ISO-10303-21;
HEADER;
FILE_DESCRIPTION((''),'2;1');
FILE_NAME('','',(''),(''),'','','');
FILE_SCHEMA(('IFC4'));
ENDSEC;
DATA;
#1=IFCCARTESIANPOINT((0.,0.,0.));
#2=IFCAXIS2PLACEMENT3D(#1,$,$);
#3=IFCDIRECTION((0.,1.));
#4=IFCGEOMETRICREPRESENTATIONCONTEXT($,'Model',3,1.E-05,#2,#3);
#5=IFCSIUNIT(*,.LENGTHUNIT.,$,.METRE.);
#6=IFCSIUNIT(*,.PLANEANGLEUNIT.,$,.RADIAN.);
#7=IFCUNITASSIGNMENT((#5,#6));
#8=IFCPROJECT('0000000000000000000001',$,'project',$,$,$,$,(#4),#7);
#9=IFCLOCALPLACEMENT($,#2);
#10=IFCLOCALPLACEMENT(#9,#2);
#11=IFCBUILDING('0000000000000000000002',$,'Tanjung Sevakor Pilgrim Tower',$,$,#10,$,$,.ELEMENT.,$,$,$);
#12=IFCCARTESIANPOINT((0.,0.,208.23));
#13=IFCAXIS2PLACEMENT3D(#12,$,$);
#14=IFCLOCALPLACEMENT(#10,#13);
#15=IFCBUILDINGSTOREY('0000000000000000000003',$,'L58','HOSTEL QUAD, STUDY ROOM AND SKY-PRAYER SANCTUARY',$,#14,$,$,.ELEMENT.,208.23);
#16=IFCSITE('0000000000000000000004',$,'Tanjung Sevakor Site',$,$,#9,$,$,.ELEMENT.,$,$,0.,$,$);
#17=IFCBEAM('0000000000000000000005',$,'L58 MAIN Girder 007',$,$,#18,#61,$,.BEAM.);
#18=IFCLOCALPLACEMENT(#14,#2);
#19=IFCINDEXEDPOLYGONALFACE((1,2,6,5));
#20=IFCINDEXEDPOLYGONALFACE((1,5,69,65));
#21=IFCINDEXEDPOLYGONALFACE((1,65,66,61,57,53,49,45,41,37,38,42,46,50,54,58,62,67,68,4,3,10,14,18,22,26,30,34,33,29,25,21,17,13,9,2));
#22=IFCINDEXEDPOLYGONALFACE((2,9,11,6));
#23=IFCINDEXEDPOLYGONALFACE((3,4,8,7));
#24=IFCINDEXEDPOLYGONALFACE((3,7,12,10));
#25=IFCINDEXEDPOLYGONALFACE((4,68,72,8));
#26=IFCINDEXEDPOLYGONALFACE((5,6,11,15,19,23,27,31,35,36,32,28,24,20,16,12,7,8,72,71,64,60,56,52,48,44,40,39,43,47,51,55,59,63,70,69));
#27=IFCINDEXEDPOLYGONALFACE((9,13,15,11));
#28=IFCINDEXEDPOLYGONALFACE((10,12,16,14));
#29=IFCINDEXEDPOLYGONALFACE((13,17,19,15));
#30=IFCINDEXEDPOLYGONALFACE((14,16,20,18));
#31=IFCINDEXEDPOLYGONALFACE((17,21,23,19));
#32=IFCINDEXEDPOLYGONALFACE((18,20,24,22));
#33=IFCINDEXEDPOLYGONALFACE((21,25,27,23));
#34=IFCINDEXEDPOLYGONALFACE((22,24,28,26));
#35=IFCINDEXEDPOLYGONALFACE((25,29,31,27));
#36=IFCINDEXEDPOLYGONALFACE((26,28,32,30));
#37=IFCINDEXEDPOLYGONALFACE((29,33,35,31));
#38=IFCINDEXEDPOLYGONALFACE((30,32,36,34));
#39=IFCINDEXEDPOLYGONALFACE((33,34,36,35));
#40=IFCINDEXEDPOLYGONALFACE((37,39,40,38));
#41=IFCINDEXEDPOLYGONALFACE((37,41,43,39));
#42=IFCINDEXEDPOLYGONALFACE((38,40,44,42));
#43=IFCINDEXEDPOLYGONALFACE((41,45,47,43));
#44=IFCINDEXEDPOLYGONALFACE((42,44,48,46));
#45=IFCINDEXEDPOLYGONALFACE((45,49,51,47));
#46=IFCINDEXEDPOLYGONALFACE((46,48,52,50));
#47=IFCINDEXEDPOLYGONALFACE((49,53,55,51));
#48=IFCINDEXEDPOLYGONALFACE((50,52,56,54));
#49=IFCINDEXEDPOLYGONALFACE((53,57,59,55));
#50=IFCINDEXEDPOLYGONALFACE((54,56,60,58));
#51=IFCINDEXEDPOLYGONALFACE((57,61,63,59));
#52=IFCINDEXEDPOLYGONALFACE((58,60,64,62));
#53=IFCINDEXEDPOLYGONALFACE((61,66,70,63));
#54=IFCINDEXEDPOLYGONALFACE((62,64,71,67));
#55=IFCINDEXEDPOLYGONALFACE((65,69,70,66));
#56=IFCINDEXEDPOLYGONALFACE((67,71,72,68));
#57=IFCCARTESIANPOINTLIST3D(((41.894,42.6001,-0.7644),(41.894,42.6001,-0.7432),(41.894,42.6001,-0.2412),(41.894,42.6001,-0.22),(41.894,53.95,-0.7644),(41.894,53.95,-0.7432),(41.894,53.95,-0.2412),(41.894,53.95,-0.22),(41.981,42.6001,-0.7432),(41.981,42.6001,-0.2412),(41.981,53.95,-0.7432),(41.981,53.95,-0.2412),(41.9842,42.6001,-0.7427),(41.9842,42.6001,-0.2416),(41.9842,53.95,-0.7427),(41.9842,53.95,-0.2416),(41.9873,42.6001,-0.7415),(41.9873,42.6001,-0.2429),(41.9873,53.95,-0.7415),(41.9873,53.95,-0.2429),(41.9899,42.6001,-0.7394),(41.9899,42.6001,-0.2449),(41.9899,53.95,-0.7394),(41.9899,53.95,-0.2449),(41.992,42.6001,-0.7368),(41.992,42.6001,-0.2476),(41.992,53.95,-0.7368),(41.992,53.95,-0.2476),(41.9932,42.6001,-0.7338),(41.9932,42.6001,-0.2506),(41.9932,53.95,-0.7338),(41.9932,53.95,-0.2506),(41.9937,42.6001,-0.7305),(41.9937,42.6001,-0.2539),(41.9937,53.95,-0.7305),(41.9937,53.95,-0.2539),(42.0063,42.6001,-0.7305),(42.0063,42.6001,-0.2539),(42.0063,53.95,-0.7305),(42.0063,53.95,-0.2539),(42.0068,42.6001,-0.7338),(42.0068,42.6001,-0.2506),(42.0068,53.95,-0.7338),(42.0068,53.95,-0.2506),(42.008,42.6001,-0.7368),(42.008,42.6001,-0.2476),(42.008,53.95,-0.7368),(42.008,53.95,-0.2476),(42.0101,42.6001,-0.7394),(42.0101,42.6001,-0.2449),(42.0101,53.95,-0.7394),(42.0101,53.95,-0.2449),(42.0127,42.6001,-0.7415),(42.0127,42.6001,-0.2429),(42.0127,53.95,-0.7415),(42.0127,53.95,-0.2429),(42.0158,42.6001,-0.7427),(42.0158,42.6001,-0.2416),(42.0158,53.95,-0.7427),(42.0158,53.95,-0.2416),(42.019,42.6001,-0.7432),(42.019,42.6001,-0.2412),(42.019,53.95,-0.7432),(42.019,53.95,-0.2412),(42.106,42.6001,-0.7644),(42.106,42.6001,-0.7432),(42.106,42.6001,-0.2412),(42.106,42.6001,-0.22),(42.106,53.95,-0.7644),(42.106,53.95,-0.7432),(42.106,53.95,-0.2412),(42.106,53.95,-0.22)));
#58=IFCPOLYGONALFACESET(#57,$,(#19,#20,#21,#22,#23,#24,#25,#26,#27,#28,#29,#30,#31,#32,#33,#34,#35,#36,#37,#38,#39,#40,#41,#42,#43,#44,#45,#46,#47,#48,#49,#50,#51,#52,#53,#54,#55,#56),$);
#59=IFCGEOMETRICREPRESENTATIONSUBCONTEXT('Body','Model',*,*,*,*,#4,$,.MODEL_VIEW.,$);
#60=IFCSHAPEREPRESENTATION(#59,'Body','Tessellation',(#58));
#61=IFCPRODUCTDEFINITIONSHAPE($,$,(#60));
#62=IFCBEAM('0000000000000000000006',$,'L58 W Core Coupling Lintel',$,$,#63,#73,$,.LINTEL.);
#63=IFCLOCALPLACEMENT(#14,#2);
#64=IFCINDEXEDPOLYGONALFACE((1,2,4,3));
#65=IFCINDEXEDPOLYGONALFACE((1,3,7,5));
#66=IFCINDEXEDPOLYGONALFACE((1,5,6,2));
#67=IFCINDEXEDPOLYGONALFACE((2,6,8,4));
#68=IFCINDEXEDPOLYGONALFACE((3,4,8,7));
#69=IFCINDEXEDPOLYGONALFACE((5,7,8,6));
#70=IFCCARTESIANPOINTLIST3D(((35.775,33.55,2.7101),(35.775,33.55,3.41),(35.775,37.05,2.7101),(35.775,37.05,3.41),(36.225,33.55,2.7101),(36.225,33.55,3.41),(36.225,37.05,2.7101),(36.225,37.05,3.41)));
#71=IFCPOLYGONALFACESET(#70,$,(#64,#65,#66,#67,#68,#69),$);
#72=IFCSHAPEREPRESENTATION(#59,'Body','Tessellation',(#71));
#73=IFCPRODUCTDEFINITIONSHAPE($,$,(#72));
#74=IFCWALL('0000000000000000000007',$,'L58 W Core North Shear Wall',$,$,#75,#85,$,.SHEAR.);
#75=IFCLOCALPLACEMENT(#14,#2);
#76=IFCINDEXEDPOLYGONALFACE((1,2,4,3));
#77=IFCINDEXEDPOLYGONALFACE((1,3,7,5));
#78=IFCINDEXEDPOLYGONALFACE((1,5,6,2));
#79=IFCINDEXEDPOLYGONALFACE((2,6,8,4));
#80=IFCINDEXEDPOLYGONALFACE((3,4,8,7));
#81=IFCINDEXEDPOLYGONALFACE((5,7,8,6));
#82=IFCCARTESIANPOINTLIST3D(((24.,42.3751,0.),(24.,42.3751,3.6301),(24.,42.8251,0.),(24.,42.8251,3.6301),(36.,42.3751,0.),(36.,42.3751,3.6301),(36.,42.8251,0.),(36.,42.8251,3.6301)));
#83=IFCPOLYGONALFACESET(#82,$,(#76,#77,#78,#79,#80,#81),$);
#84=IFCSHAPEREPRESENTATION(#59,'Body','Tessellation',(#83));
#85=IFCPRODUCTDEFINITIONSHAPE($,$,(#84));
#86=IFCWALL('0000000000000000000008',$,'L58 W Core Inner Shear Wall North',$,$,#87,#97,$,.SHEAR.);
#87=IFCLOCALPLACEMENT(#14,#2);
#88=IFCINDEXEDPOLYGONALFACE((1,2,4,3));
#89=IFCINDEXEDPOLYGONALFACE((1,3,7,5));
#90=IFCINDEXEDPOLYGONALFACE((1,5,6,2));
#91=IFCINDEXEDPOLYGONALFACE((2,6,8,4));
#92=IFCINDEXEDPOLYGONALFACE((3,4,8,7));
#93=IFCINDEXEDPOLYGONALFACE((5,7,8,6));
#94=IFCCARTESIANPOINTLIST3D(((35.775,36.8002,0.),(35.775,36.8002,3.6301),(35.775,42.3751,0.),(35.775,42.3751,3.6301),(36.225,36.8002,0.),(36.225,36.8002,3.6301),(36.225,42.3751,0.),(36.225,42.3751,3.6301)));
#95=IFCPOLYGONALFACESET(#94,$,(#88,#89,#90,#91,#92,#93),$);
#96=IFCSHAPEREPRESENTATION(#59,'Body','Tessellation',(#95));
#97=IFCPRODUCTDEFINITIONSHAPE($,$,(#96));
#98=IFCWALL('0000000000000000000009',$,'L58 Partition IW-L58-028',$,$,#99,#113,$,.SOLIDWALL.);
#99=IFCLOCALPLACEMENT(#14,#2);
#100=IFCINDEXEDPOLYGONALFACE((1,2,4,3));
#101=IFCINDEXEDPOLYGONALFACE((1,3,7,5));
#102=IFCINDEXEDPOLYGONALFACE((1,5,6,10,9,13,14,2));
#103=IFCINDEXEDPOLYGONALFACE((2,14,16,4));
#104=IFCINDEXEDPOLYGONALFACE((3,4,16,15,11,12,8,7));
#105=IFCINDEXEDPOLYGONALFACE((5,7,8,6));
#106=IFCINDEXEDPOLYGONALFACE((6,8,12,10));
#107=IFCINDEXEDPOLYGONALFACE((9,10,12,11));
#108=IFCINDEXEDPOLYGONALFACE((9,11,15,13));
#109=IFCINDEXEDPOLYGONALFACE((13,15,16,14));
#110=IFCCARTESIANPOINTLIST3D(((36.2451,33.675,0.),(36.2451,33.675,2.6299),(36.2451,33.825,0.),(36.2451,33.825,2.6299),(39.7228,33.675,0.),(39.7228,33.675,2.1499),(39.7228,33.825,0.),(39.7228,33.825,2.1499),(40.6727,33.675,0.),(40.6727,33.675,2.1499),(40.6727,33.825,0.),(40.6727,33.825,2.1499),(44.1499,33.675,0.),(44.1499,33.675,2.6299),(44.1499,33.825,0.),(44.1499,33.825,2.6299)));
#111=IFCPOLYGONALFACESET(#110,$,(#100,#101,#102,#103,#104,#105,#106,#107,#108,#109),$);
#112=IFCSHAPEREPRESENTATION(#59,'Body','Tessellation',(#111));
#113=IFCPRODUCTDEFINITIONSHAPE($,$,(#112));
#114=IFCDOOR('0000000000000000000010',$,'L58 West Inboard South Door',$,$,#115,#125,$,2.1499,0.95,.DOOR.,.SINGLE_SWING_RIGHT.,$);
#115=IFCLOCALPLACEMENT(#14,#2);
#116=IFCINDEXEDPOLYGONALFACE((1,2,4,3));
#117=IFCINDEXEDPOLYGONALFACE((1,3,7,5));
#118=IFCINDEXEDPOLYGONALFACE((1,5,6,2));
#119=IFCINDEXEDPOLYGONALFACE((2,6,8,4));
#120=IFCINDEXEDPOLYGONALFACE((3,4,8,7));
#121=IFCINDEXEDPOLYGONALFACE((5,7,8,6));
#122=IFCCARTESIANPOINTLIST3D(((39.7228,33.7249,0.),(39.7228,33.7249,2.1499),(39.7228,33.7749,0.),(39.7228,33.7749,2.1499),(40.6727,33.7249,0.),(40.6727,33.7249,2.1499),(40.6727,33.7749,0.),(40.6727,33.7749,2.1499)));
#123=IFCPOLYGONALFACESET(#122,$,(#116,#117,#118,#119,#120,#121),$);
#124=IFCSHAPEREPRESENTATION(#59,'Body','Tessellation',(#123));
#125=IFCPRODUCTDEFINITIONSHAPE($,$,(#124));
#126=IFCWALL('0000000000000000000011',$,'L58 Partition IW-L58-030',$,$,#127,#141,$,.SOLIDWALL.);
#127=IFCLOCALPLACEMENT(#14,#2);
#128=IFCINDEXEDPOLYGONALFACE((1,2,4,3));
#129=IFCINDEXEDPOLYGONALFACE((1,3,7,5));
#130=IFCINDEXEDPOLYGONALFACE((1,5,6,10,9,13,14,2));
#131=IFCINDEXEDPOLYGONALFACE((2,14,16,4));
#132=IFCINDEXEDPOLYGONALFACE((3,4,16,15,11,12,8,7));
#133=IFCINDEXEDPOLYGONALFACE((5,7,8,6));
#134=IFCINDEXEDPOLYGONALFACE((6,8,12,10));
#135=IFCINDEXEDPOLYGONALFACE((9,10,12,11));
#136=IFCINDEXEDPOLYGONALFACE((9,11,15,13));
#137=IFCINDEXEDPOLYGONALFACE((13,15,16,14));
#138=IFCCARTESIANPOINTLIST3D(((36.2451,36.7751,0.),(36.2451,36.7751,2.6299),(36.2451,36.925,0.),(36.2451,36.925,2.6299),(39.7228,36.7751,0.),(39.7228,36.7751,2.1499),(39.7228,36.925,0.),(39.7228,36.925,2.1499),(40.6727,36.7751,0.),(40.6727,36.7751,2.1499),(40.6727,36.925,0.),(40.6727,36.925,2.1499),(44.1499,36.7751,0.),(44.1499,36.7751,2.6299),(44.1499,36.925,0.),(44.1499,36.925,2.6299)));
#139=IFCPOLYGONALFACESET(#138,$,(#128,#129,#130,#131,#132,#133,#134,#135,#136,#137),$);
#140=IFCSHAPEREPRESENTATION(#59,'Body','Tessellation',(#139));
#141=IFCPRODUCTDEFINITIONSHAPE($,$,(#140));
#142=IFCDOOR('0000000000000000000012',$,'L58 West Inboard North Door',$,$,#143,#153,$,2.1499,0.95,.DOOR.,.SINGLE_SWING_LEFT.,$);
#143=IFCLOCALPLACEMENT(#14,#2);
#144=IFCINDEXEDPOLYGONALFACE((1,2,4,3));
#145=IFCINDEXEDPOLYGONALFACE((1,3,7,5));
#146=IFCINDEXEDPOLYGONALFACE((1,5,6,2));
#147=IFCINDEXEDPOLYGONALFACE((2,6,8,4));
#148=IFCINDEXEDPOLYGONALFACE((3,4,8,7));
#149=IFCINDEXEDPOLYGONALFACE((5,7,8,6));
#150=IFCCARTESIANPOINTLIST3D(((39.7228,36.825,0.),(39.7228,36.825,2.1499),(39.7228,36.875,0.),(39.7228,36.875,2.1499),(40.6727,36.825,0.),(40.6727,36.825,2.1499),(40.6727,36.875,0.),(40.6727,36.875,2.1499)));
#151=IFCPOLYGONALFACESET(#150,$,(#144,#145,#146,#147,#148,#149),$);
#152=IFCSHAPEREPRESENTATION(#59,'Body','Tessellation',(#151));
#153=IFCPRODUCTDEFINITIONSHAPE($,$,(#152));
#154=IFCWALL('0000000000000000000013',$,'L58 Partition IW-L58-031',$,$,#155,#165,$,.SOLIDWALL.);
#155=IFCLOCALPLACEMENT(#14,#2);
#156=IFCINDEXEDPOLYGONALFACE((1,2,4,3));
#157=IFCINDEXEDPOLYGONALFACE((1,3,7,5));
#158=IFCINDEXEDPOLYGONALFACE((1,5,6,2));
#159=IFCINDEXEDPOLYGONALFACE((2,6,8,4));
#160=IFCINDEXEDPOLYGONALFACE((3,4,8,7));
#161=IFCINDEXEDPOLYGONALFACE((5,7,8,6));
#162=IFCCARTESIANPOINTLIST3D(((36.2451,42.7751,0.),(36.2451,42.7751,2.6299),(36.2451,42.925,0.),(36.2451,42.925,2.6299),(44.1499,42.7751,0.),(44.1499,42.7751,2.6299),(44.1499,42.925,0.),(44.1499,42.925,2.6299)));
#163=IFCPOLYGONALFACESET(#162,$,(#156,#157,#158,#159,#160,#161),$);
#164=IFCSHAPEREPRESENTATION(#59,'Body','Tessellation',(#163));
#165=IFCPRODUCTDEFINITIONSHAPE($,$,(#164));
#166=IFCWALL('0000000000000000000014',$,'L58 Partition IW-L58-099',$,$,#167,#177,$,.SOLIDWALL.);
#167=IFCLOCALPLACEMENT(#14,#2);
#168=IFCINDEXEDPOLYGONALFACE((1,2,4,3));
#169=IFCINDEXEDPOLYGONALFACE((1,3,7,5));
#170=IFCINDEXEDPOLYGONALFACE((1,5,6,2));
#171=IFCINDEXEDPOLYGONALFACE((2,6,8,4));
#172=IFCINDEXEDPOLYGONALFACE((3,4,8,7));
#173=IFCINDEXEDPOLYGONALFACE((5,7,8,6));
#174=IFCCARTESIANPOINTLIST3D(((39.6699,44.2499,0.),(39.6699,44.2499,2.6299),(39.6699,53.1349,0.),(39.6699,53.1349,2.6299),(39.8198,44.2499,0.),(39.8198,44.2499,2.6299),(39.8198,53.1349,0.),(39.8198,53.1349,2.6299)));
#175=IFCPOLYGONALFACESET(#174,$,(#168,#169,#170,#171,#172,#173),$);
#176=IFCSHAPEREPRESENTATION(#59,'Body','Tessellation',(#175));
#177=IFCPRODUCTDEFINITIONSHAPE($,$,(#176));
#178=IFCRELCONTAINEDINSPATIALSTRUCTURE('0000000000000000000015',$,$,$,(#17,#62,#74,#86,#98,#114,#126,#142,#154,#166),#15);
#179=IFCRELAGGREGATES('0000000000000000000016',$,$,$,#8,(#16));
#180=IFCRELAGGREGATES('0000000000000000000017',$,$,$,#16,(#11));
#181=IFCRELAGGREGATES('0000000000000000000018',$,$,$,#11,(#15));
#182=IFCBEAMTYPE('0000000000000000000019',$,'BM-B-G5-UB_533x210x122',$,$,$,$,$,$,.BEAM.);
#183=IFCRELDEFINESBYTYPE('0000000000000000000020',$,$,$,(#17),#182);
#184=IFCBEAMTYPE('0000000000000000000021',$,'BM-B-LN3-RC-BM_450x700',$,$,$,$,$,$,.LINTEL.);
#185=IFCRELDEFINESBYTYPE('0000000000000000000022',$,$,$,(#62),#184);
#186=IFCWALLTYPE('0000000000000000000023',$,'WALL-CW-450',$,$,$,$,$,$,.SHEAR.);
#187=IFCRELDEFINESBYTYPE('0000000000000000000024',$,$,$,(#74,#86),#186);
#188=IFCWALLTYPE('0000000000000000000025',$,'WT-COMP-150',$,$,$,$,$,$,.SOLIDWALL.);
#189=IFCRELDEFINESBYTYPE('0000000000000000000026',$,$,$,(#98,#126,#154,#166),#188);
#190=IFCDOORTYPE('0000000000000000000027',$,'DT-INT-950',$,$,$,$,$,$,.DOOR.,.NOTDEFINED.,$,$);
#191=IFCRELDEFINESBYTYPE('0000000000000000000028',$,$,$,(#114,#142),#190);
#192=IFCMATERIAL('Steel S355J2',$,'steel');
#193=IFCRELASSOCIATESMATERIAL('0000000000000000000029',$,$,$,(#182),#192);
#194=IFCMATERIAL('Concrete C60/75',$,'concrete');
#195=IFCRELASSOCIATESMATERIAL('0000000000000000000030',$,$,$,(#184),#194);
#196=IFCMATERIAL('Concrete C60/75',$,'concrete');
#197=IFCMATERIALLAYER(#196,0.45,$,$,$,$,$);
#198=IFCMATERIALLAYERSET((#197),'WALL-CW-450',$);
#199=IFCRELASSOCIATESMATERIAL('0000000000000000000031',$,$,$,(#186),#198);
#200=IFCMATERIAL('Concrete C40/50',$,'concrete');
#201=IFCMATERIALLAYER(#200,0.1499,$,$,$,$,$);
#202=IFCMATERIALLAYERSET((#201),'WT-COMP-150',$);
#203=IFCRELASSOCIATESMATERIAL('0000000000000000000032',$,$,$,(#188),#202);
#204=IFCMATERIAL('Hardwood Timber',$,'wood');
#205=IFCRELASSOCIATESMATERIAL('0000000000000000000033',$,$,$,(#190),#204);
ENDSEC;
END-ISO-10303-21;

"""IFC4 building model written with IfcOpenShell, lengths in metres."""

from ifc_helpers import new_model, si_unit, direction, frame, frame_2d, origin, origin_2d, place, context, subcontext, project, spatial, rectangle, i_section, extrude, material, layer, layer_set, material_profile, profile_set, type_object, element, fill, save


model = new_model("IFC4")

# Units and contexts
model_context = context("Model", 3, precision=1e-05, world=origin(), true_north=direction((0.0, 1.0)))
body_context = subcontext(model_context, "Body", "Model", "MODEL_VIEW")
ifc_project = project(units=[si_unit("LENGTHUNIT", "METRE"), si_unit("PLANEANGLEUNIT", "RADIAN")], contexts=[model_context])

# Site, building, storey
site_placement = place(None, origin())
site = spatial("IfcSite", under=ifc_project, at=site_placement, Name="Tanjung Sevakor Site", CompositionType="ELEMENT", RefElevation=0.0)
building_placement = place(site_placement, origin())
building = spatial("IfcBuilding", under=site, at=building_placement, Name="Tanjung Sevakor Pilgrim Tower", CompositionType="ELEMENT")
storey_placement = place(building_placement, frame((0.0, 0.0, 208.23)))
storey = spatial("IfcBuildingStorey", under=building, at=storey_placement, Name="L58", Description="HOSTEL QUAD, STUDY ROOM AND SKY-PRAYER SANCTUARY", CompositionType="ELEMENT", Elevation=208.23)

# Beams
ifc_material_1 = material(Name="Steel S355J2", Category="steel")
ifc_material_profile_1 = material_profile(ifc_material_1, i_section(OverallWidth=0.2119, OverallDepth=0.5444, WebThickness=0.0127, FlangeThickness=0.0212, FilletRadius=0.0127, at=origin_2d()))
ifc_profile_set_1 = profile_set([ifc_material_profile_1], Name="Steel S355J2")
beam_type_1 = type_object("IfcBeamType", Name="BM-B-G5-UB_533x210x122", PredefinedType="BEAM", material=ifc_profile_set_1)
beam_1_placement = place(storey_placement, frame((42.0, 42.6001, -0.4922), z_axis=(0.0, 1.0, 0.0), x_axis=(-1.0, 0.0, 0.0)))
element("IfcBeam", 1, at=beam_1_placement, inside=storey, type_object=beam_type_1, Name="L58 MAIN Girder 007", PredefinedType="BEAM", context=body_context, shape_type="SweptSolid", body=[
    extrude(i_section(OverallWidth=0.2119, OverallDepth=0.5444, WebThickness=0.0127, FlangeThickness=0.0212, FilletRadius=0.0127, at=origin_2d()), origin(), (0.0, 0.0, 1.0), 11.3499),
])
ifc_material_2 = material(Name="Concrete C60/75", Category="concrete")
ifc_material_profile_2 = material_profile(ifc_material_2, rectangle(XDim=0.45, YDim=0.7, at=origin_2d()))
ifc_profile_set_2 = profile_set([ifc_material_profile_2], Name="Concrete C60/75")
beam_type_2 = type_object("IfcBeamType", Name="BM-B-LN3-RC-BM_450x700", PredefinedType="LINTEL", material=ifc_profile_set_2)
beam_2_placement = place(storey_placement, frame((36.0, 33.55, 3.0601), z_axis=(0.0, 1.0, 0.0), x_axis=(-1.0, 0.0, 0.0)))
element("IfcBeam", 2, at=beam_2_placement, inside=storey, type_object=beam_type_2, Name="L58 W Core Coupling Lintel", PredefinedType="LINTEL", context=body_context, shape_type="SweptSolid", body=[
    extrude(rectangle(XDim=0.45, YDim=0.7, at=origin_2d()), origin(), (0.0, 0.0, 1.0), 3.5),
])

# Walls
ifc_material_3 = material(Name="Concrete C60/75", Category="concrete")
ifc_layer_1 = layer(ifc_material_3, 0.45)
ifc_layer_set_1 = layer_set([ifc_layer_1], Name="WALL-CW-450")
wall_type_1 = type_object("IfcWallType", Name="WALL-CW-450", PredefinedType="SHEAR", material=ifc_layer_set_1)
wall_1_placement = place(storey_placement, frame((36.0, 42.6001, 0.0), z_axis=(0.0, 0.0, 1.0), x_axis=(-1.0, 0.0, 0.0)))
element("IfcWall", 3, at=wall_1_placement, inside=storey, type_object=wall_type_1, Name="L58 W Core North Shear Wall", PredefinedType="SHEAR", context=body_context, shape_type="SweptSolid", body=[
    extrude(rectangle(XDim=12.0, YDim=0.45, at=frame_2d((6.0, 0.0))), origin(), (0.0, 0.0, 1.0), 3.6301),
])
wall_2_placement = place(storey_placement, frame((36.0, 36.8, 0.0), z_axis=(0.0, 0.0, 1.0), x_axis=(0.0, 1.0, 0.0)))
element("IfcWall", 4, at=wall_2_placement, inside=storey, type_object=wall_type_1, Name="L58 W Core Inner Shear Wall North", PredefinedType="SHEAR", context=body_context, shape_type="SweptSolid", body=[
    extrude(rectangle(XDim=5.575, YDim=0.45, at=frame_2d((2.7876, 0.0))), origin(), (0.0, 0.0, 1.0), 3.6301),
])

# Walls, openings, doors
ifc_material_4 = material(Name="Concrete C40/50", Category="concrete")
ifc_layer_2 = layer(ifc_material_4, 0.1499)
ifc_layer_set_2 = layer_set([ifc_layer_2], Name="WT-COMP-150")
wall_type_2 = type_object("IfcWallType", Name="WT-COMP-150", PredefinedType="SOLIDWALL", material=ifc_layer_set_2)
wall_3_placement = place(storey_placement, frame((36.2451, 33.75, 0.0), z_axis=(0.0, 0.0, 1.0), x_axis=(1.0, 0.0, 0.0)))
wall_3 = element("IfcWall", 5, at=wall_3_placement, inside=storey, type_object=wall_type_2, Name="L58 Partition IW-L58-028", PredefinedType="SOLIDWALL", context=body_context, shape_type="SweptSolid", body=[
    extrude(rectangle(XDim=7.9048, YDim=0.1499, at=frame_2d((3.9524, 0.0))), origin(), (0.0, 0.0, 1.0), 2.6299),
])
opening_1_placement = place(wall_3_placement, frame((3.4775, 0.0, 0.0)))
opening_1 = element("IfcOpeningElement", 6, at=opening_1_placement, cuts=wall_3, PredefinedType="OPENING", context=body_context, shape_type="SweptSolid", body=[
    extrude(rectangle(XDim=0.95, YDim=2.1499, at=frame_2d((0.4751, 1.075))), frame((0.0, 0.085, 0.0), z_axis=(0.0, -1.0, 0.0), x_axis=(1.0, 0.0, 0.0)), (0.0, 0.0, 1.0), 0.1699),
])
ifc_material_5 = material(Name="Hardwood Timber", Category="wood")
door_type_1 = type_object("IfcDoorType", Name="DT-INT-950", OperationType="NOTDEFINED", PredefinedType="DOOR", material=ifc_material_5)
door_1_placement = place(opening_1_placement, origin())
door_1 = element("IfcDoor", 7, at=door_1_placement, inside=storey, type_object=door_type_1, Name="L58 West Inboard South Door", OperationType="SINGLE_SWING_RIGHT", OverallHeight=2.1499, OverallWidth=0.95, PredefinedType="DOOR", context=body_context, shape_type="SweptSolid", body=[
    extrude(rectangle(XDim=0.95, YDim=2.1499, at=frame_2d((0.4751, 1.075))), frame((0.0, 0.0249, 0.0), z_axis=(0.0, -1.0, 0.0), x_axis=(1.0, 0.0, 0.0)), (0.0, 0.0, 1.0), 0.05),
])
fill(opening_1, door_1)
wall_4_placement = place(storey_placement, frame((36.2451, 36.8501, 0.0), z_axis=(0.0, 0.0, 1.0), x_axis=(1.0, 0.0, 0.0)))
wall_4 = element("IfcWall", 8, at=wall_4_placement, inside=storey, type_object=wall_type_2, Name="L58 Partition IW-L58-030", PredefinedType="SOLIDWALL", context=body_context, shape_type="SweptSolid", body=[
    extrude(rectangle(XDim=7.9048, YDim=0.1499, at=frame_2d((3.9524, 0.0))), origin(), (0.0, 0.0, 1.0), 2.6299),
])
opening_2_placement = place(wall_4_placement, frame((3.4775, 0.0, 0.0)))
opening_2 = element("IfcOpeningElement", 9, at=opening_2_placement, cuts=wall_4, PredefinedType="OPENING", context=body_context, shape_type="SweptSolid", body=[
    extrude(rectangle(XDim=0.95, YDim=2.1499, at=frame_2d((0.4751, 1.075))), frame((0.0, 0.085, 0.0), z_axis=(0.0, -1.0, 0.0), x_axis=(1.0, 0.0, 0.0)), (0.0, 0.0, 1.0), 0.1699),
])
door_2_placement = place(opening_2_placement, origin())
door_2 = element("IfcDoor", 10, at=door_2_placement, inside=storey, type_object=door_type_1, Name="L58 West Inboard North Door", OperationType="SINGLE_SWING_LEFT", OverallHeight=2.1499, OverallWidth=0.95, PredefinedType="DOOR", context=body_context, shape_type="SweptSolid", body=[
    extrude(rectangle(XDim=0.95, YDim=2.1499, at=frame_2d((0.4751, 1.075))), frame((0.0, 0.0249, 0.0), z_axis=(0.0, -1.0, 0.0), x_axis=(1.0, 0.0, 0.0)), (0.0, 0.0, 1.0), 0.05),
])
fill(opening_2, door_2)

# Walls
wall_5_placement = place(storey_placement, frame((36.2451, 42.8501, 0.0), z_axis=(0.0, 0.0, 1.0), x_axis=(1.0, 0.0, 0.0)))
element("IfcWall", 11, at=wall_5_placement, inside=storey, type_object=wall_type_2, Name="L58 Partition IW-L58-031", PredefinedType="SOLIDWALL", context=body_context, shape_type="SweptSolid", body=[
    extrude(rectangle(XDim=7.9048, YDim=0.1499, at=frame_2d((3.9524, 0.0))), origin(), (0.0, 0.0, 1.0), 2.6299),
])
wall_6_placement = place(storey_placement, frame((39.7449, 44.25, 0.0), z_axis=(0.0, 0.0, 1.0), x_axis=(0.0, 1.0, 0.0)))
element("IfcWall", 12, at=wall_6_placement, inside=storey, type_object=wall_type_2, Name="L58 Partition IW-L58-099", PredefinedType="SOLIDWALL", context=body_context, shape_type="SweptSolid", body=[
    extrude(rectangle(XDim=8.885, YDim=0.1499, at=frame_2d((4.4424, 0.0))), origin(), (0.0, 0.0, 1.0), 2.6299),
])

save(model, "model.ifc")
